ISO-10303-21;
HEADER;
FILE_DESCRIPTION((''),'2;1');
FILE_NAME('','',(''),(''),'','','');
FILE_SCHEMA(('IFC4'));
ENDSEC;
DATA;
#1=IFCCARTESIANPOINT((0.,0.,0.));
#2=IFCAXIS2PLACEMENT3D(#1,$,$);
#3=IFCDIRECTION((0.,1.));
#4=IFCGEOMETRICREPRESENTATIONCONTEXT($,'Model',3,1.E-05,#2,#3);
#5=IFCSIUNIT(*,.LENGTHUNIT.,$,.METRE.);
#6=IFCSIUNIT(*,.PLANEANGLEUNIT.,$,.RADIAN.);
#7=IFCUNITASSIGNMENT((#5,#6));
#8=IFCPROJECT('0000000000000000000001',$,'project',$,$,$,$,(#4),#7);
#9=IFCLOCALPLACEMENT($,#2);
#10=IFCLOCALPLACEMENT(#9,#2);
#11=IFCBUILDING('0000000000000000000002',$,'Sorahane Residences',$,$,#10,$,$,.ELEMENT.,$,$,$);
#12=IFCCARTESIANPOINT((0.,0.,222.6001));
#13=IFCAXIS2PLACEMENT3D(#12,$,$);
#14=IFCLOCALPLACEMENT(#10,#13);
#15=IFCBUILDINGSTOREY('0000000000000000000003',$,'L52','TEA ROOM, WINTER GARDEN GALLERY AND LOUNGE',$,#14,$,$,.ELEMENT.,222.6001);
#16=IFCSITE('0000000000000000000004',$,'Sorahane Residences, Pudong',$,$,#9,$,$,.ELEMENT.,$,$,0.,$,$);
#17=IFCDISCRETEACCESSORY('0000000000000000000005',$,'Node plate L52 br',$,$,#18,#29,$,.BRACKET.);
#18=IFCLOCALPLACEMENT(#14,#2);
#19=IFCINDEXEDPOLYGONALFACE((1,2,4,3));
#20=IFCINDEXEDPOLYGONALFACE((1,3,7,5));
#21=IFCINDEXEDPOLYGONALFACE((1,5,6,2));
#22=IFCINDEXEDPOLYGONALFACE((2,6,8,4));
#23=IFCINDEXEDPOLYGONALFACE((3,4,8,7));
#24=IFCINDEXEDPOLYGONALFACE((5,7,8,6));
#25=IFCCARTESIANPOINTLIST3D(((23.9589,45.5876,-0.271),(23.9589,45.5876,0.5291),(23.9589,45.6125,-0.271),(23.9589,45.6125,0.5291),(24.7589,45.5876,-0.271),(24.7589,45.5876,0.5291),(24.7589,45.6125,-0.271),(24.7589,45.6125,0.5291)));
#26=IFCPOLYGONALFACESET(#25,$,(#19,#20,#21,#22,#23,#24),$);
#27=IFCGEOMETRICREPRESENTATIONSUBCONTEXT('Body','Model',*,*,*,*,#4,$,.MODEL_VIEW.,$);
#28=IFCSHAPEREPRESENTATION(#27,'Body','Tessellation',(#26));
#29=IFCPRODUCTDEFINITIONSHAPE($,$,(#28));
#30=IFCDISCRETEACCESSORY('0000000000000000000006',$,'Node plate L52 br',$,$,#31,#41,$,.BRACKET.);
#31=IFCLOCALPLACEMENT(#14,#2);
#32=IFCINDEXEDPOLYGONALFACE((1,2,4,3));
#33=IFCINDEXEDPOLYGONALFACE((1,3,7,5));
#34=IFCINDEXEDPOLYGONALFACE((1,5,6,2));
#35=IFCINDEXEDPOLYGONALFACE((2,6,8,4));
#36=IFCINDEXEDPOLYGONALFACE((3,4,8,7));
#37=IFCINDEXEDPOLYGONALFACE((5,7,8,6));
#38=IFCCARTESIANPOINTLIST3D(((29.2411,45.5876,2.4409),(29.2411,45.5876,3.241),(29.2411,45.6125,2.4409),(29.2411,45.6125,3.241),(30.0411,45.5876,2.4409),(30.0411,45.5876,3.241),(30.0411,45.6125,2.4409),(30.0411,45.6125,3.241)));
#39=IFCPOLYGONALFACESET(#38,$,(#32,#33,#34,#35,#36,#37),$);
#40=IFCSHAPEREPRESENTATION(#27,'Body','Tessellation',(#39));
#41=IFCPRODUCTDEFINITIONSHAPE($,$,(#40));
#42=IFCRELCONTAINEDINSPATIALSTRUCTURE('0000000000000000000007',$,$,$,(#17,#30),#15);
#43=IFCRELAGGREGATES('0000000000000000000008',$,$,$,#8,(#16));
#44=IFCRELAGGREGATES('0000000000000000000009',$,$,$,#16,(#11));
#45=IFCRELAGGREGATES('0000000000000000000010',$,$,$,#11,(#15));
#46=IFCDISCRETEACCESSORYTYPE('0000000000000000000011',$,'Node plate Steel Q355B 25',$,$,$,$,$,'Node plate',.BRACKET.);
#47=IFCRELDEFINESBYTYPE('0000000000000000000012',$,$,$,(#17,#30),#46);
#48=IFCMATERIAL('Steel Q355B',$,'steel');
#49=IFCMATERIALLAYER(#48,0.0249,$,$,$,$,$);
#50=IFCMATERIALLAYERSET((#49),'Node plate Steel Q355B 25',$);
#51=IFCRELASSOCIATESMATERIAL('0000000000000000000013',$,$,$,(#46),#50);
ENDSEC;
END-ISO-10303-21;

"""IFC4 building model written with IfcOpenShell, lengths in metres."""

from ifc_helpers import new_model, si_unit, direction, frame, origin, origin_2d, place, context, subcontext, project, spatial, rectangle, extrude, material, layer, layer_set, type_object, element, save


model = new_model("IFC4")

# Units and contexts
model_context = context("Model", 3, precision=1e-05, world=origin(), true_north=direction((0.0, 1.0)))
body_context = subcontext(model_context, "Body", "Model", "MODEL_VIEW")
ifc_project = project(units=[si_unit("LENGTHUNIT", "METRE"), si_unit("PLANEANGLEUNIT", "RADIAN")], contexts=[model_context])

# Site, building, storey
site_placement = place(None, origin())
site = spatial("IfcSite", under=ifc_project, at=site_placement, Name="Sorahane Residences, Pudong", CompositionType="ELEMENT", RefElevation=0.0)
building_placement = place(site_placement, origin())
building = spatial("IfcBuilding", under=site, at=building_placement, Name="Sorahane Residences", CompositionType="ELEMENT")
storey_placement = place(building_placement, frame((0.0, 0.0, 222.6001)))
storey = spatial("IfcBuildingStorey", under=building, at=storey_placement, Name="L52", Description="TEA ROOM, WINTER GARDEN GALLERY AND LOUNGE", CompositionType="ELEMENT", Elevation=222.6001)

# Discrete accessories
ifc_material_1 = material(Name="Steel Q355B", Category="steel")
ifc_layer_1 = layer(ifc_material_1, 0.0249)
ifc_layer_set_1 = layer_set([ifc_layer_1], Name="Node plate Steel Q355B 25")
discrete_accessory_type = type_object("IfcDiscreteAccessoryType", Name="Node plate Steel Q355B 25", ElementType="Node plate", PredefinedType="BRACKET", material=ifc_layer_set_1)
for number, where, z_axis, x_axis, name in (
    (1, (24.3589, 45.6001, -0.271), (0.0, 0.0, 1.0), (1.0, 0.0, 0.0), "Node plate L52 br"),
    (2, (29.6411, 45.6001, 2.4409), (0.0, 0.0, 1.0), (1.0, 0.0, 0.0), "Node plate L52 br"),
):
    element("IfcDiscreteAccessory", number, at=place(storey_placement, frame(where, z_axis=z_axis, x_axis=x_axis)), inside=storey, type_object=discrete_accessory_type, Name=name, PredefinedType="BRACKET", context=body_context, shape_type="SweptSolid", body=[
        extrude(rectangle(XDim=0.8, YDim=0.0249, at=origin_2d()), origin(), (0.0, 0.0, 1.0), 0.8),
    ])

save(model, "model.ifc")
